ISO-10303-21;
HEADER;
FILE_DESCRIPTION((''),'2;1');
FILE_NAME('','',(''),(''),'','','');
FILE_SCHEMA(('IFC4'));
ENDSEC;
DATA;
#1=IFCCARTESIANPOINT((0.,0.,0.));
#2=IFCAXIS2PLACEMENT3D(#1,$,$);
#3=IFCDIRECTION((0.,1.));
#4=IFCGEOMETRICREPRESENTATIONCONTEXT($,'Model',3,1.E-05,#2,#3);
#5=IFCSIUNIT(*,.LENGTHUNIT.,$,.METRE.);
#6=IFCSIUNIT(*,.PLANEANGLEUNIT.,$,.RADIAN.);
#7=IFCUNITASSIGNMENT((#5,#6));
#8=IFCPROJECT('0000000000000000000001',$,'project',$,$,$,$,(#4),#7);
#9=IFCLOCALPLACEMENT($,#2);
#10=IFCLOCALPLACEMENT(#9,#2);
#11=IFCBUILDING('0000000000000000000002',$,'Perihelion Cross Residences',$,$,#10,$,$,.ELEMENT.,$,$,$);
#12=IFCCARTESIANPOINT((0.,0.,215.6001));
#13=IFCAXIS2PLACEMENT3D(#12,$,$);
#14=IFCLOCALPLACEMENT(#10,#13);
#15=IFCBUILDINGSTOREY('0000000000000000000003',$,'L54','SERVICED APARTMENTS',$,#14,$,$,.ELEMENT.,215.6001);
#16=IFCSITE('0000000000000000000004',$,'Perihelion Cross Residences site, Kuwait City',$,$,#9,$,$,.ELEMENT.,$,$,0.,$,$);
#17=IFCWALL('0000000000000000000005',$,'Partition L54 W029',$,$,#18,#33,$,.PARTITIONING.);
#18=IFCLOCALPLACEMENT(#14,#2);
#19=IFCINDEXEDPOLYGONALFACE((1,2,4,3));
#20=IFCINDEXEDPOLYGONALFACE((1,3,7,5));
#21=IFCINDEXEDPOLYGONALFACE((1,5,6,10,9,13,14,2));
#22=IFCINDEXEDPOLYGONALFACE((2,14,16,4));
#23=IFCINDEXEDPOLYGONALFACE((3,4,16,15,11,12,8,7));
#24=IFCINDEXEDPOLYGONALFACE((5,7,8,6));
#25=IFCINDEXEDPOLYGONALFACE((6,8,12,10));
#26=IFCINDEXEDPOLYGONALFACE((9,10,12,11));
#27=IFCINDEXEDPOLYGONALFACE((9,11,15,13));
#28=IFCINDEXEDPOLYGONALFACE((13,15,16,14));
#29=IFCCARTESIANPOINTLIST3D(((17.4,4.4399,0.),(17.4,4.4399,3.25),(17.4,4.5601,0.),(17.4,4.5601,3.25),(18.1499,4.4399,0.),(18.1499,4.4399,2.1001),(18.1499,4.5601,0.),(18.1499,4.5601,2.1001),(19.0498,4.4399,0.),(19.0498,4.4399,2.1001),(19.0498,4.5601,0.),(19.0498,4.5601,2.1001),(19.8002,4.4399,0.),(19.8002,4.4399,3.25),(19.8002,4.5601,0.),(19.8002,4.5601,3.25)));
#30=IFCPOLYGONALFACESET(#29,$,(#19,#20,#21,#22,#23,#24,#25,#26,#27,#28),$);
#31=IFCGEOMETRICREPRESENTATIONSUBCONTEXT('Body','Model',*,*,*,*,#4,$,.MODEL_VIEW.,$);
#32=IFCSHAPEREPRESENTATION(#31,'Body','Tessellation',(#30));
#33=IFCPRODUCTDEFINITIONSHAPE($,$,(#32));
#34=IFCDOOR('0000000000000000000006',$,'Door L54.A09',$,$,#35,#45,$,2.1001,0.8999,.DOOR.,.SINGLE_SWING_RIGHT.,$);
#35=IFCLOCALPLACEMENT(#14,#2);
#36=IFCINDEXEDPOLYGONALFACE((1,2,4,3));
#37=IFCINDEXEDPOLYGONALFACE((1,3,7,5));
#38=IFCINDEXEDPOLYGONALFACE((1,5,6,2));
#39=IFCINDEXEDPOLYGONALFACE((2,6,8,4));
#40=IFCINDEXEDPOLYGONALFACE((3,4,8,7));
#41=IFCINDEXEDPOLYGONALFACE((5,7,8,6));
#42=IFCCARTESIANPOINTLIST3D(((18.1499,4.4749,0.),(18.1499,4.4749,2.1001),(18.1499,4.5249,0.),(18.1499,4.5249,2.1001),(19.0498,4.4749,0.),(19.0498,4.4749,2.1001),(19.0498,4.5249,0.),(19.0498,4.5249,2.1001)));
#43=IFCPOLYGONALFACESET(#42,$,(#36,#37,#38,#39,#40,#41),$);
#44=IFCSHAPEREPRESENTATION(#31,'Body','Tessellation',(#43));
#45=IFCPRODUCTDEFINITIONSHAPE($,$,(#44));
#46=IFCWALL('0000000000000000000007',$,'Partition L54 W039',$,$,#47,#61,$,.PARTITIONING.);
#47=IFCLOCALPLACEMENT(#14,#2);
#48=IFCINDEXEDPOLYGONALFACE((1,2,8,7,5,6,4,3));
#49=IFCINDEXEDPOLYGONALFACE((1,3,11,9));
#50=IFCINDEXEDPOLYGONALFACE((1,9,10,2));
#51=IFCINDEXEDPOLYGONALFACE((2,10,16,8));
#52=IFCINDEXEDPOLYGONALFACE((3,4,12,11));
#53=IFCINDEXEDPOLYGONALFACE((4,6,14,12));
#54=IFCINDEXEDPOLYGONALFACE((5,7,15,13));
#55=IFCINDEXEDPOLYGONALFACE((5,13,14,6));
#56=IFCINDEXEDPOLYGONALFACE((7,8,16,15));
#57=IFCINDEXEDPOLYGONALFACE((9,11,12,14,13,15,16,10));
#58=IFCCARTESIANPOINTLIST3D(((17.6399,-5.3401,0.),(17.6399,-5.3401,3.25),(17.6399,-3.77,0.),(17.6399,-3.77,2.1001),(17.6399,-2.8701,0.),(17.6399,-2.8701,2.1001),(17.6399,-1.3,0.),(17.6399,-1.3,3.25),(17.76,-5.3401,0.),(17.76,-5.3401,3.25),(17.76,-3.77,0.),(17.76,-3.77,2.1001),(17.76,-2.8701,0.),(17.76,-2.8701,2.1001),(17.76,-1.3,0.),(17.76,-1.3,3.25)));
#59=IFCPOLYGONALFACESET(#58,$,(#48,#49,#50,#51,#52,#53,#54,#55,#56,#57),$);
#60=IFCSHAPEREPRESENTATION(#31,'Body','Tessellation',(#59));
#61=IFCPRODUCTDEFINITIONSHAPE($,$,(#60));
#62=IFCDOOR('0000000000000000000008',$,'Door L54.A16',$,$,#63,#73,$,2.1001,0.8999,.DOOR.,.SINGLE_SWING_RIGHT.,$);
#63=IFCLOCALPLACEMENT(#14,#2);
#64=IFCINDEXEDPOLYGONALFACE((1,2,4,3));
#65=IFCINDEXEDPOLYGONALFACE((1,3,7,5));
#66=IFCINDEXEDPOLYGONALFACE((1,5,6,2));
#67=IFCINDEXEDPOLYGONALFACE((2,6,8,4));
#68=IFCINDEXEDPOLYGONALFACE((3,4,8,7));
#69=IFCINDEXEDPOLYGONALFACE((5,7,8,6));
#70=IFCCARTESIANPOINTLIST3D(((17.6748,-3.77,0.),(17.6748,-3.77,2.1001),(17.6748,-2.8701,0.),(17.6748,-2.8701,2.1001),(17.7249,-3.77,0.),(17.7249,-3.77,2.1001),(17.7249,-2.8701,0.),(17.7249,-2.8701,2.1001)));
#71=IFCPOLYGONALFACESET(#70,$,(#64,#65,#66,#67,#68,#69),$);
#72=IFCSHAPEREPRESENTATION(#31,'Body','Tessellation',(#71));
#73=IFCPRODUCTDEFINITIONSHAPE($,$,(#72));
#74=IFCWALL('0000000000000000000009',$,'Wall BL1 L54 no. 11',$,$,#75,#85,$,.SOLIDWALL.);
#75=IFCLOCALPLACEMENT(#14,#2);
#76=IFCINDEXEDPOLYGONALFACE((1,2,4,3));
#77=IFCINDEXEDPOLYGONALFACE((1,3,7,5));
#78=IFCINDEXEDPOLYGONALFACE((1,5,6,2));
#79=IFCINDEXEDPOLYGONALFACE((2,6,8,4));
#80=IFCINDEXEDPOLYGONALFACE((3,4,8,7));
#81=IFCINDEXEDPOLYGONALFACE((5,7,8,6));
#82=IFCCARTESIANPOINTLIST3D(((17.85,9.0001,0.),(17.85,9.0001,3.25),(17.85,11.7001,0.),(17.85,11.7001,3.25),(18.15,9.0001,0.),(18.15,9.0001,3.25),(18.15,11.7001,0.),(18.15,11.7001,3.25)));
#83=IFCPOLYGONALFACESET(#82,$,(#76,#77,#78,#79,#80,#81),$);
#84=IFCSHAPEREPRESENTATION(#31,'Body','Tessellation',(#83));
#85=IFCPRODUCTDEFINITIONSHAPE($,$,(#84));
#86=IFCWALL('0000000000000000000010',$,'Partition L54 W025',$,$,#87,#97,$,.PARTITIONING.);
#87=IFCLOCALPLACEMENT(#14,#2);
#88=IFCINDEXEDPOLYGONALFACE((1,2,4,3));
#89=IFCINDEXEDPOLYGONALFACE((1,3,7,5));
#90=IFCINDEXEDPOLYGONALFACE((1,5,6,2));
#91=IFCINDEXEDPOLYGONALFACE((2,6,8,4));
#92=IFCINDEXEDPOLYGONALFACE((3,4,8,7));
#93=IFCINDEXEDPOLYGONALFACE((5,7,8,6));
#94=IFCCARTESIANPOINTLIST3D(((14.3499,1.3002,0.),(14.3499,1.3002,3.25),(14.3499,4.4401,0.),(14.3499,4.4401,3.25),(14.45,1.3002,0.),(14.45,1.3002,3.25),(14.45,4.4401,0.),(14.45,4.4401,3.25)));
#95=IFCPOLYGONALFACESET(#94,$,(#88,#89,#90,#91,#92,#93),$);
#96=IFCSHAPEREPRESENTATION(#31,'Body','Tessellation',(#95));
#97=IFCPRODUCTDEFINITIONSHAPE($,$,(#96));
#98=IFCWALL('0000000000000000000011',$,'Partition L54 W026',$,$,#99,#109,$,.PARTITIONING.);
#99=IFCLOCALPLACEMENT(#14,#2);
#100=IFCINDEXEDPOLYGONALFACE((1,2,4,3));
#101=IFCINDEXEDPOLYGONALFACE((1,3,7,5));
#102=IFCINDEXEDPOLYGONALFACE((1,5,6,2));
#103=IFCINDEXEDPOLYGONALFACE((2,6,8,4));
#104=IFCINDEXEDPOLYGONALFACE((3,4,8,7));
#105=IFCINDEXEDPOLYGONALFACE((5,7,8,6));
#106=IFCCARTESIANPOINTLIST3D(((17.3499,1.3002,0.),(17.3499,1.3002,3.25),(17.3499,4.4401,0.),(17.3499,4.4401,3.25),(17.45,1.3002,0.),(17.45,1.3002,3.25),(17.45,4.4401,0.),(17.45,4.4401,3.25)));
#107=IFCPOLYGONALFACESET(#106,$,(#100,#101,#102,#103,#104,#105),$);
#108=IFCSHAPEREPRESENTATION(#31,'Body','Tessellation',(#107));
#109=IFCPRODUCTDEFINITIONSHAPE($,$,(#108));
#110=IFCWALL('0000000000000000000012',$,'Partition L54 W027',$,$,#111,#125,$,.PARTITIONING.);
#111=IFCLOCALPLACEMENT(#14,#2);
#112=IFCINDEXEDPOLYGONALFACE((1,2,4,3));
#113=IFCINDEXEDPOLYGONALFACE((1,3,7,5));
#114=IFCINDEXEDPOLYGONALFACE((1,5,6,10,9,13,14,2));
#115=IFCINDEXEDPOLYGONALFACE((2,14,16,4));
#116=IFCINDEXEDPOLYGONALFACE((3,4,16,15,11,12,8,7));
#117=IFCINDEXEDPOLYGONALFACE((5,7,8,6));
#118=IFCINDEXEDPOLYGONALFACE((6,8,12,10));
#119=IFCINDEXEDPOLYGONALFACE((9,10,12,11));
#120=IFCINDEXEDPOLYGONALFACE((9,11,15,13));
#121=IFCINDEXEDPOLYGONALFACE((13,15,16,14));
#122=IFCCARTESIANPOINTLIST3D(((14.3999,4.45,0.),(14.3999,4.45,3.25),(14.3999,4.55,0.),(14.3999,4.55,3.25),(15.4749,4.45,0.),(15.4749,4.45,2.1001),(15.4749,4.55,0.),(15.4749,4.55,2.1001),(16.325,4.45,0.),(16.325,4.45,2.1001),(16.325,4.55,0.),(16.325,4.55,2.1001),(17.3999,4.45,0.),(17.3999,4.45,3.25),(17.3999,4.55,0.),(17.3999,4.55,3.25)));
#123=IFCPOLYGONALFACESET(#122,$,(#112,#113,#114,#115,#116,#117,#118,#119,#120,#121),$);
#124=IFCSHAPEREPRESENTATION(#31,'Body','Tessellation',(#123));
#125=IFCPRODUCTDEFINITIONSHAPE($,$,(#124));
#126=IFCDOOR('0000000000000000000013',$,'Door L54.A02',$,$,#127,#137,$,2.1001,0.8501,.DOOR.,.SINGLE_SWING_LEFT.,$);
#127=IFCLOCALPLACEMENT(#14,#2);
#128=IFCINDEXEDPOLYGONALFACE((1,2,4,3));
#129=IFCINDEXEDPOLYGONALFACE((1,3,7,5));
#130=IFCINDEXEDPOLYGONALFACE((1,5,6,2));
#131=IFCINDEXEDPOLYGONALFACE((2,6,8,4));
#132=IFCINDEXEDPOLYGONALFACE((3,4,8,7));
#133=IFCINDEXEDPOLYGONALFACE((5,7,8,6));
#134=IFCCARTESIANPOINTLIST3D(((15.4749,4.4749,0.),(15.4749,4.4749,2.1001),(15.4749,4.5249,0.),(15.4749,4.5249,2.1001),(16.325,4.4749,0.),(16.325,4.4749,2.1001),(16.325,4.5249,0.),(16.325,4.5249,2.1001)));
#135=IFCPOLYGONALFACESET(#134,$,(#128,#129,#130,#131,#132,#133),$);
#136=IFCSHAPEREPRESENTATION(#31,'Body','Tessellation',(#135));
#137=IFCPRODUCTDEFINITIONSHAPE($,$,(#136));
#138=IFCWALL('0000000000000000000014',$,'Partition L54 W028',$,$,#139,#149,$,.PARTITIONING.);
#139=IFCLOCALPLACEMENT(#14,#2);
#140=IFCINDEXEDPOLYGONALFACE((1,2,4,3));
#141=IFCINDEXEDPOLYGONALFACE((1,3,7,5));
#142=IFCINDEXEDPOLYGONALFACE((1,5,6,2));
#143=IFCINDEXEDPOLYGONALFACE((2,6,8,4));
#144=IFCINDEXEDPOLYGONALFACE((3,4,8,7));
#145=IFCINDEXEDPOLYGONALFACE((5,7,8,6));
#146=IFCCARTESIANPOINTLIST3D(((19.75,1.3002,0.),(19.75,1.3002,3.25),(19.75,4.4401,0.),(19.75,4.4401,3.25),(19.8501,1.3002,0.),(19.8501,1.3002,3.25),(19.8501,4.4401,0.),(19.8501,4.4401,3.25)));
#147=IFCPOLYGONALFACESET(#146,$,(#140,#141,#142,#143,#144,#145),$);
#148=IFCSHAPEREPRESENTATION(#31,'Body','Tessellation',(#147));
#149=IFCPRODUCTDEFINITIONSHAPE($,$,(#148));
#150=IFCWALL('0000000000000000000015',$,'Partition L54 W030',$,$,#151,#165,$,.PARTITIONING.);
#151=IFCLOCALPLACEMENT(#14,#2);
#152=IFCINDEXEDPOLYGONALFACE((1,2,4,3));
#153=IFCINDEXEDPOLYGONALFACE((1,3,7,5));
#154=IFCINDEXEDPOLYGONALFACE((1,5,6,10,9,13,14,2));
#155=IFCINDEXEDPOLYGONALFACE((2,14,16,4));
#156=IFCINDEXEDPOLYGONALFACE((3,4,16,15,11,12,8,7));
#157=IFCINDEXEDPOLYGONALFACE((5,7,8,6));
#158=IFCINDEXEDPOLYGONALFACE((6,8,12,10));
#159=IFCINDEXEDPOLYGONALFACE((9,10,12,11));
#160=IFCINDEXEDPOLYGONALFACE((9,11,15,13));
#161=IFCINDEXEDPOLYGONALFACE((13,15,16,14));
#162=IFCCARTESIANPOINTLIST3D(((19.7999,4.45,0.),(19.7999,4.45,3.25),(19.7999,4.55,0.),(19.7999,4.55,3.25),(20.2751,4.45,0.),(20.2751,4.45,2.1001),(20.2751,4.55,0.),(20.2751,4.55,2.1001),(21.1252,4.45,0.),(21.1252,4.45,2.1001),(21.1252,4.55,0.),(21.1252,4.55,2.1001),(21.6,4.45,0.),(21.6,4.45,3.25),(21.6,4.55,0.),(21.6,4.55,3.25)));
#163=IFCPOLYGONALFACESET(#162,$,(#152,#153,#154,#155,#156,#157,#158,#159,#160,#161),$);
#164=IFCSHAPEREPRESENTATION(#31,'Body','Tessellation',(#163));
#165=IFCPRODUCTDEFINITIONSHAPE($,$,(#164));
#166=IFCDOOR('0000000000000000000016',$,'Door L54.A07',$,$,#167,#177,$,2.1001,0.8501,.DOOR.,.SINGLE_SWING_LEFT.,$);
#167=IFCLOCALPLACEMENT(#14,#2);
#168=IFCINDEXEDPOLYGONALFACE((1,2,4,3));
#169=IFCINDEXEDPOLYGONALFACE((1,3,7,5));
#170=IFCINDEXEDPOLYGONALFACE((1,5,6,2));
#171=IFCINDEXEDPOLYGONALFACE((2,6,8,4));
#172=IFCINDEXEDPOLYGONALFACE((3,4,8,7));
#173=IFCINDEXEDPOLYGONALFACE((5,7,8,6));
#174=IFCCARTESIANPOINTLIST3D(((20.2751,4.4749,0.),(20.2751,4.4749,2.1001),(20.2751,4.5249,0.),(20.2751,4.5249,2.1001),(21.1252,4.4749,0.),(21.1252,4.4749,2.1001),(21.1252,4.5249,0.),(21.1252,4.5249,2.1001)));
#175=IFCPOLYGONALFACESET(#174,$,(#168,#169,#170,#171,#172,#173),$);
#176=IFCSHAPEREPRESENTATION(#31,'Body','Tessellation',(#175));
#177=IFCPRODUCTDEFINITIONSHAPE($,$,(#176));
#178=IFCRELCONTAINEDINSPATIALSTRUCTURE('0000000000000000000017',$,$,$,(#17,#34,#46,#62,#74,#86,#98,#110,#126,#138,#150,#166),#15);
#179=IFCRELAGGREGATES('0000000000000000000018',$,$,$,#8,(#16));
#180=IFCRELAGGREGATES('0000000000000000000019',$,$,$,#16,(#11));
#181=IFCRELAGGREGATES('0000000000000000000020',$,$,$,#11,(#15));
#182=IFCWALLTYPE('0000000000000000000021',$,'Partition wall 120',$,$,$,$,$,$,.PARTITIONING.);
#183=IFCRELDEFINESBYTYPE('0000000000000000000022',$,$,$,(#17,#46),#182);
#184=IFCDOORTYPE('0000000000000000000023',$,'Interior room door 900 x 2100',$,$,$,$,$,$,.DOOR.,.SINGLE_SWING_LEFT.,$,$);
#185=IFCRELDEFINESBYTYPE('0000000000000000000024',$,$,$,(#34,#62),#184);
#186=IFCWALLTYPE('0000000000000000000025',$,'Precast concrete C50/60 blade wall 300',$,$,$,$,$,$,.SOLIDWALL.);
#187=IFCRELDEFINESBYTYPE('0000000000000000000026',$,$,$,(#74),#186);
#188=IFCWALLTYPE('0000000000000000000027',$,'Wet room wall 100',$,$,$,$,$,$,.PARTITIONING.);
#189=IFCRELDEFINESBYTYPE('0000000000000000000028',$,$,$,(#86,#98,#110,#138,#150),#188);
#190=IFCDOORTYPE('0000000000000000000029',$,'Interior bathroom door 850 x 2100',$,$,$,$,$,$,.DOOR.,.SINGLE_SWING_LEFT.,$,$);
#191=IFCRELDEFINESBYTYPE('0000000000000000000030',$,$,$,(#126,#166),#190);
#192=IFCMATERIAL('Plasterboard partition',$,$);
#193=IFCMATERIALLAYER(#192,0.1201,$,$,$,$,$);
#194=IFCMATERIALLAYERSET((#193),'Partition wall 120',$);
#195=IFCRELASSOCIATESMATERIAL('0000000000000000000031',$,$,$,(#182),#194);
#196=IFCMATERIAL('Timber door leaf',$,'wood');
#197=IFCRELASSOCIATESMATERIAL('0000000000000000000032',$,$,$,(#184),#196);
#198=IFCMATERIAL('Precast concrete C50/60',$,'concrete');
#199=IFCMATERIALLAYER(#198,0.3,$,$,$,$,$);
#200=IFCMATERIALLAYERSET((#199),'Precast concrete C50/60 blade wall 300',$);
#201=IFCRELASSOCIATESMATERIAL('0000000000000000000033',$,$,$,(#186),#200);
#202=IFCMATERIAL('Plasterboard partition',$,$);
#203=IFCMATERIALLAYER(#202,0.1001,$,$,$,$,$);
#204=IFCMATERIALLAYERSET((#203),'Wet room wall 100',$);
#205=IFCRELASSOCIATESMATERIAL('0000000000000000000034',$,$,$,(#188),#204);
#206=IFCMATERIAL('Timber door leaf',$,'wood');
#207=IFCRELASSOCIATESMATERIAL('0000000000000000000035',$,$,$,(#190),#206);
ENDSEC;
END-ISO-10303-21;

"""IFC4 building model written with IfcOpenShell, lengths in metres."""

from ifc_helpers import new_model, si_unit, direction, frame, frame_2d, origin, place, context, subcontext, project, spatial, rectangle, extrude, material, layer, layer_set, type_object, element, fill, save


model = new_model("IFC4")

# Units and contexts
model_context = context("Model", 3, precision=1e-05, world=origin(), true_north=direction((0.0, 1.0)))
body_context = subcontext(model_context, "Body", "Model", "MODEL_VIEW")
ifc_project = project(units=[si_unit("LENGTHUNIT", "METRE"), si_unit("PLANEANGLEUNIT", "RADIAN")], contexts=[model_context])

# Site, building, storey
site_placement = place(None, origin())
site = spatial("IfcSite", under=ifc_project, at=site_placement, Name="Perihelion Cross Residences site, Kuwait City", CompositionType="ELEMENT", RefElevation=0.0)
building_placement = place(site_placement, origin())
building = spatial("IfcBuilding", under=site, at=building_placement, Name="Perihelion Cross Residences", CompositionType="ELEMENT")
storey_placement = place(building_placement, frame((0.0, 0.0, 215.6001)))
storey = spatial("IfcBuildingStorey", under=building, at=storey_placement, Name="L54", Description="SERVICED APARTMENTS", CompositionType="ELEMENT", Elevation=215.6001)

# Walls, openings, doors
ifc_material_1 = material(Name="Plasterboard partition")
ifc_layer_1 = layer(ifc_material_1, 0.1201)
ifc_layer_set_1 = layer_set([ifc_layer_1], Name="Partition wall 120")
wall_type_1 = type_object("IfcWallType", Name="Partition wall 120", PredefinedType="PARTITIONING", material=ifc_layer_set_1)
ifc_material_2 = material(Name="Timber door leaf", Category="wood")
door_type_1 = type_object("IfcDoorType", Name="Interior room door 900 x 2100", OperationType="SINGLE_SWING_LEFT", PredefinedType="DOOR", material=ifc_material_2)
wall_1_placement = place(storey_placement, frame((17.3999, 4.5, 0.0), z_axis=(0.0, 0.0, 1.0), x_axis=(1.0, 0.0, 0.0)))
wall_1 = element("IfcWall", 1, at=wall_1_placement, inside=storey, type_object=wall_type_1, Name="Partition L54 W029", PredefinedType="PARTITIONING", context=body_context, shape_type="SweptSolid", body=[
    extrude(rectangle(XDim=2.4001, YDim=0.1201, at=frame_2d((1.2002, 0.0))), origin(), (0.0, 0.0, 1.0), 3.25),
])
opening_1_placement = place(wall_1_placement, frame((0.75, 0.0, 0.0)))
opening_1 = element("IfcOpeningElement", 2, at=opening_1_placement, cuts=wall_1, PredefinedType="OPENING", context=body_context, shape_type="SweptSolid", body=[
    extrude(rectangle(XDim=0.8999, YDim=2.1001, at=frame_2d((0.45, 1.05))), frame((0.0, 0.0701, 0.0), z_axis=(0.0, -1.0, 0.0), x_axis=(1.0, 0.0, 0.0)), (0.0, 0.0, 1.0), 0.1401),
])
door_1_placement = place(opening_1_placement, origin())
door_1 = element("IfcDoor", 3, at=door_1_placement, inside=storey, type_object=door_type_1, Name="Door L54.A09", OperationType="SINGLE_SWING_RIGHT", OverallHeight=2.1001, OverallWidth=0.8999, PredefinedType="DOOR", context=body_context, shape_type="SweptSolid", body=[
    extrude(rectangle(XDim=0.8999, YDim=2.1001, at=frame_2d((0.45, 1.05))), frame((0.0, 0.0249, 0.0), z_axis=(0.0, -1.0, 0.0), x_axis=(1.0, 0.0, 0.0)), (0.0, 0.0, 1.0), 0.05),
])
fill(opening_1, door_1)
wall_2_placement = place(storey_placement, frame((17.7, -1.3, 0.0), z_axis=(0.0, 0.0, 1.0), x_axis=(0.0, -1.0, 0.0)))
wall_2 = element("IfcWall", 4, at=wall_2_placement, inside=storey, type_object=wall_type_1, Name="Partition L54 W039", PredefinedType="PARTITIONING", context=body_context, shape_type="SweptSolid", body=[
    extrude(rectangle(XDim=4.04, YDim=0.1201, at=frame_2d((2.02, 0.0))), origin(), (0.0, 0.0, 1.0), 3.25),
])
opening_2_placement = place(wall_2_placement, frame((1.5701, 0.0, 0.0)))
opening_2 = element("IfcOpeningElement", 5, at=opening_2_placement, cuts=wall_2, PredefinedType="OPENING", context=body_context, shape_type="SweptSolid", body=[
    extrude(rectangle(XDim=0.8999, YDim=2.1001, at=frame_2d((0.45, 1.05))), frame((0.0, 0.0701, 0.0), z_axis=(0.0, -1.0, 0.0), x_axis=(1.0, 0.0, 0.0)), (0.0, 0.0, 1.0), 0.1401),
])
door_2_placement = place(opening_2_placement, origin())
door_2 = element("IfcDoor", 6, at=door_2_placement, inside=storey, type_object=door_type_1, Name="Door L54.A16", OperationType="SINGLE_SWING_RIGHT", OverallHeight=2.1001, OverallWidth=0.8999, PredefinedType="DOOR", context=body_context, shape_type="SweptSolid", body=[
    extrude(rectangle(XDim=0.8999, YDim=2.1001, at=frame_2d((0.45, 1.05))), frame((0.0, 0.0249, 0.0), z_axis=(0.0, -1.0, 0.0), x_axis=(1.0, 0.0, 0.0)), (0.0, 0.0, 1.0), 0.05),
])
fill(opening_2, door_2)

# Walls
ifc_material_3 = material(Name="Precast concrete C50/60", Category="concrete")
ifc_layer_2 = layer(ifc_material_3, 0.3)
ifc_layer_set_2 = layer_set([ifc_layer_2], Name="Precast concrete C50/60 blade wall 300")
wall_type_2 = type_object("IfcWallType", Name="Precast concrete C50/60 blade wall 300", PredefinedType="SOLIDWALL", material=ifc_layer_set_2)
wall_3_placement = place(storey_placement, frame((18.0, 9.0, 0.0), z_axis=(0.0, 0.0, 1.0), x_axis=(0.0, 1.0, 0.0)))
element("IfcWall", 7, at=wall_3_placement, inside=storey, type_object=wall_type_2, Name="Wall BL1 L54 no. 11", PredefinedType="SOLIDWALL", context=body_context, shape_type="SweptSolid", body=[
    extrude(rectangle(XDim=2.7, YDim=0.3, at=frame_2d((1.3501, 0.0))), origin(), (0.0, 0.0, 1.0), 3.25),
])
ifc_material_4 = material(Name="Plasterboard partition")
ifc_layer_3 = layer(ifc_material_4, 0.1001)
ifc_layer_set_3 = layer_set([ifc_layer_3], Name="Wet room wall 100")
wall_type_3 = type_object("IfcWallType", Name="Wet room wall 100", PredefinedType="PARTITIONING", material=ifc_layer_set_3)
for number, where, z_axis, x_axis, name in (
    (8, (14.3999, 4.4399, 0.0), (0.0, 0.0, 1.0), (0.0, -1.0, 0.0), "Partition L54 W025"),
    (9, (17.3999, 4.4399, 0.0), (0.0, 0.0, 1.0), (0.0, -1.0, 0.0), "Partition L54 W026"),
):
    element("IfcWall", number, at=place(storey_placement, frame(where, z_axis=z_axis, x_axis=x_axis)), inside=storey, type_object=wall_type_3, Name=name, PredefinedType="PARTITIONING", context=body_context, shape_type="SweptSolid", body=[
        extrude(rectangle(XDim=3.1399, YDim=0.1001, at=frame_2d((1.5698, 0.0))), origin(), (0.0, 0.0, 1.0), 3.25),
    ])

# Wall, opening, door
wall_4_placement = place(storey_placement, frame((14.3999, 4.5, 0.0), z_axis=(0.0, 0.0, 1.0), x_axis=(1.0, 0.0, 0.0)))
wall_4 = element("IfcWall", 10, at=wall_4_placement, inside=storey, type_object=wall_type_3, Name="Partition L54 W027", PredefinedType="PARTITIONING", context=body_context, shape_type="SweptSolid", body=[
    extrude(rectangle(XDim=3.0, YDim=0.1001, at=frame_2d((1.5, 0.0))), origin(), (0.0, 0.0, 1.0), 3.25),
])
opening_3_placement = place(wall_4_placement, frame((1.075, 0.0, 0.0)))
opening_3 = element("IfcOpeningElement", 11, at=opening_3_placement, cuts=wall_4, PredefinedType="OPENING", context=body_context, shape_type="SweptSolid", body=[
    extrude(rectangle(XDim=0.8501, YDim=2.1001, at=frame_2d((0.425, 1.05))), frame((0.0, 0.0601, 0.0), z_axis=(0.0, -1.0, 0.0), x_axis=(1.0, 0.0, 0.0)), (0.0, 0.0, 1.0), 0.1201),
])
ifc_material_5 = material(Name="Timber door leaf", Category="wood")
door_type_2 = type_object("IfcDoorType", Name="Interior bathroom door 850 x 2100", OperationType="SINGLE_SWING_LEFT", PredefinedType="DOOR", material=ifc_material_5)
door_3_placement = place(opening_3_placement, origin())
door_3 = element("IfcDoor", 12, at=door_3_placement, inside=storey, type_object=door_type_2, Name="Door L54.A02", OperationType="SINGLE_SWING_LEFT", OverallHeight=2.1001, OverallWidth=0.8501, PredefinedType="DOOR", context=body_context, shape_type="SweptSolid", body=[
    extrude(rectangle(XDim=0.8501, YDim=2.1001, at=frame_2d((0.425, 1.05))), frame((0.0, 0.0249, 0.0), z_axis=(0.0, -1.0, 0.0), x_axis=(1.0, 0.0, 0.0)), (0.0, 0.0, 1.0), 0.05),
])
fill(opening_3, door_3)

# Wall
wall_5_placement = place(storey_placement, frame((19.8, 4.4399, 0.0), z_axis=(0.0, 0.0, 1.0), x_axis=(0.0, -1.0, 0.0)))
element("IfcWall", 13, at=wall_5_placement, inside=storey, type_object=wall_type_3, Name="Partition L54 W028", PredefinedType="PARTITIONING", context=body_context, shape_type="SweptSolid", body=[
    extrude(rectangle(XDim=3.1399, YDim=0.1001, at=frame_2d((1.5698, 0.0))), origin(), (0.0, 0.0, 1.0), 3.25),
])

# Wall, opening, door
wall_6_placement = place(storey_placement, frame((19.8, 4.5, 0.0), z_axis=(0.0, 0.0, 1.0), x_axis=(1.0, 0.0, 0.0)))
wall_6 = element("IfcWall", 14, at=wall_6_placement, inside=storey, type_object=wall_type_3, Name="Partition L54 W030", PredefinedType="PARTITIONING", context=body_context, shape_type="SweptSolid", body=[
    extrude(rectangle(XDim=1.8, YDim=0.1001, at=frame_2d((0.8999, 0.0))), origin(), (0.0, 0.0, 1.0), 3.25),
])
opening_4_placement = place(wall_6_placement, frame((0.4751, 0.0, 0.0)))
opening_4 = element("IfcOpeningElement", 15, at=opening_4_placement, cuts=wall_6, PredefinedType="OPENING", context=body_context, shape_type="SweptSolid", body=[
    extrude(rectangle(XDim=0.8501, YDim=2.1001, at=frame_2d((0.425, 1.05))), frame((0.0, 0.0601, 0.0), z_axis=(0.0, -1.0, 0.0), x_axis=(1.0, 0.0, 0.0)), (0.0, 0.0, 1.0), 0.1201),
])
door_4_placement = place(opening_4_placement, origin())
door_4 = element("IfcDoor", 16, at=door_4_placement, inside=storey, type_object=door_type_2, Name="Door L54.A07", OperationType="SINGLE_SWING_LEFT", OverallHeight=2.1001, OverallWidth=0.8501, PredefinedType="DOOR", context=body_context, shape_type="SweptSolid", body=[
    extrude(rectangle(XDim=0.8501, YDim=2.1001, at=frame_2d((0.425, 1.05))), frame((0.0, 0.0249, 0.0), z_axis=(0.0, -1.0, 0.0), x_axis=(1.0, 0.0, 0.0)), (0.0, 0.0, 1.0), 0.05),
])
fill(opening_4, door_4)

save(model, "model.ifc")
